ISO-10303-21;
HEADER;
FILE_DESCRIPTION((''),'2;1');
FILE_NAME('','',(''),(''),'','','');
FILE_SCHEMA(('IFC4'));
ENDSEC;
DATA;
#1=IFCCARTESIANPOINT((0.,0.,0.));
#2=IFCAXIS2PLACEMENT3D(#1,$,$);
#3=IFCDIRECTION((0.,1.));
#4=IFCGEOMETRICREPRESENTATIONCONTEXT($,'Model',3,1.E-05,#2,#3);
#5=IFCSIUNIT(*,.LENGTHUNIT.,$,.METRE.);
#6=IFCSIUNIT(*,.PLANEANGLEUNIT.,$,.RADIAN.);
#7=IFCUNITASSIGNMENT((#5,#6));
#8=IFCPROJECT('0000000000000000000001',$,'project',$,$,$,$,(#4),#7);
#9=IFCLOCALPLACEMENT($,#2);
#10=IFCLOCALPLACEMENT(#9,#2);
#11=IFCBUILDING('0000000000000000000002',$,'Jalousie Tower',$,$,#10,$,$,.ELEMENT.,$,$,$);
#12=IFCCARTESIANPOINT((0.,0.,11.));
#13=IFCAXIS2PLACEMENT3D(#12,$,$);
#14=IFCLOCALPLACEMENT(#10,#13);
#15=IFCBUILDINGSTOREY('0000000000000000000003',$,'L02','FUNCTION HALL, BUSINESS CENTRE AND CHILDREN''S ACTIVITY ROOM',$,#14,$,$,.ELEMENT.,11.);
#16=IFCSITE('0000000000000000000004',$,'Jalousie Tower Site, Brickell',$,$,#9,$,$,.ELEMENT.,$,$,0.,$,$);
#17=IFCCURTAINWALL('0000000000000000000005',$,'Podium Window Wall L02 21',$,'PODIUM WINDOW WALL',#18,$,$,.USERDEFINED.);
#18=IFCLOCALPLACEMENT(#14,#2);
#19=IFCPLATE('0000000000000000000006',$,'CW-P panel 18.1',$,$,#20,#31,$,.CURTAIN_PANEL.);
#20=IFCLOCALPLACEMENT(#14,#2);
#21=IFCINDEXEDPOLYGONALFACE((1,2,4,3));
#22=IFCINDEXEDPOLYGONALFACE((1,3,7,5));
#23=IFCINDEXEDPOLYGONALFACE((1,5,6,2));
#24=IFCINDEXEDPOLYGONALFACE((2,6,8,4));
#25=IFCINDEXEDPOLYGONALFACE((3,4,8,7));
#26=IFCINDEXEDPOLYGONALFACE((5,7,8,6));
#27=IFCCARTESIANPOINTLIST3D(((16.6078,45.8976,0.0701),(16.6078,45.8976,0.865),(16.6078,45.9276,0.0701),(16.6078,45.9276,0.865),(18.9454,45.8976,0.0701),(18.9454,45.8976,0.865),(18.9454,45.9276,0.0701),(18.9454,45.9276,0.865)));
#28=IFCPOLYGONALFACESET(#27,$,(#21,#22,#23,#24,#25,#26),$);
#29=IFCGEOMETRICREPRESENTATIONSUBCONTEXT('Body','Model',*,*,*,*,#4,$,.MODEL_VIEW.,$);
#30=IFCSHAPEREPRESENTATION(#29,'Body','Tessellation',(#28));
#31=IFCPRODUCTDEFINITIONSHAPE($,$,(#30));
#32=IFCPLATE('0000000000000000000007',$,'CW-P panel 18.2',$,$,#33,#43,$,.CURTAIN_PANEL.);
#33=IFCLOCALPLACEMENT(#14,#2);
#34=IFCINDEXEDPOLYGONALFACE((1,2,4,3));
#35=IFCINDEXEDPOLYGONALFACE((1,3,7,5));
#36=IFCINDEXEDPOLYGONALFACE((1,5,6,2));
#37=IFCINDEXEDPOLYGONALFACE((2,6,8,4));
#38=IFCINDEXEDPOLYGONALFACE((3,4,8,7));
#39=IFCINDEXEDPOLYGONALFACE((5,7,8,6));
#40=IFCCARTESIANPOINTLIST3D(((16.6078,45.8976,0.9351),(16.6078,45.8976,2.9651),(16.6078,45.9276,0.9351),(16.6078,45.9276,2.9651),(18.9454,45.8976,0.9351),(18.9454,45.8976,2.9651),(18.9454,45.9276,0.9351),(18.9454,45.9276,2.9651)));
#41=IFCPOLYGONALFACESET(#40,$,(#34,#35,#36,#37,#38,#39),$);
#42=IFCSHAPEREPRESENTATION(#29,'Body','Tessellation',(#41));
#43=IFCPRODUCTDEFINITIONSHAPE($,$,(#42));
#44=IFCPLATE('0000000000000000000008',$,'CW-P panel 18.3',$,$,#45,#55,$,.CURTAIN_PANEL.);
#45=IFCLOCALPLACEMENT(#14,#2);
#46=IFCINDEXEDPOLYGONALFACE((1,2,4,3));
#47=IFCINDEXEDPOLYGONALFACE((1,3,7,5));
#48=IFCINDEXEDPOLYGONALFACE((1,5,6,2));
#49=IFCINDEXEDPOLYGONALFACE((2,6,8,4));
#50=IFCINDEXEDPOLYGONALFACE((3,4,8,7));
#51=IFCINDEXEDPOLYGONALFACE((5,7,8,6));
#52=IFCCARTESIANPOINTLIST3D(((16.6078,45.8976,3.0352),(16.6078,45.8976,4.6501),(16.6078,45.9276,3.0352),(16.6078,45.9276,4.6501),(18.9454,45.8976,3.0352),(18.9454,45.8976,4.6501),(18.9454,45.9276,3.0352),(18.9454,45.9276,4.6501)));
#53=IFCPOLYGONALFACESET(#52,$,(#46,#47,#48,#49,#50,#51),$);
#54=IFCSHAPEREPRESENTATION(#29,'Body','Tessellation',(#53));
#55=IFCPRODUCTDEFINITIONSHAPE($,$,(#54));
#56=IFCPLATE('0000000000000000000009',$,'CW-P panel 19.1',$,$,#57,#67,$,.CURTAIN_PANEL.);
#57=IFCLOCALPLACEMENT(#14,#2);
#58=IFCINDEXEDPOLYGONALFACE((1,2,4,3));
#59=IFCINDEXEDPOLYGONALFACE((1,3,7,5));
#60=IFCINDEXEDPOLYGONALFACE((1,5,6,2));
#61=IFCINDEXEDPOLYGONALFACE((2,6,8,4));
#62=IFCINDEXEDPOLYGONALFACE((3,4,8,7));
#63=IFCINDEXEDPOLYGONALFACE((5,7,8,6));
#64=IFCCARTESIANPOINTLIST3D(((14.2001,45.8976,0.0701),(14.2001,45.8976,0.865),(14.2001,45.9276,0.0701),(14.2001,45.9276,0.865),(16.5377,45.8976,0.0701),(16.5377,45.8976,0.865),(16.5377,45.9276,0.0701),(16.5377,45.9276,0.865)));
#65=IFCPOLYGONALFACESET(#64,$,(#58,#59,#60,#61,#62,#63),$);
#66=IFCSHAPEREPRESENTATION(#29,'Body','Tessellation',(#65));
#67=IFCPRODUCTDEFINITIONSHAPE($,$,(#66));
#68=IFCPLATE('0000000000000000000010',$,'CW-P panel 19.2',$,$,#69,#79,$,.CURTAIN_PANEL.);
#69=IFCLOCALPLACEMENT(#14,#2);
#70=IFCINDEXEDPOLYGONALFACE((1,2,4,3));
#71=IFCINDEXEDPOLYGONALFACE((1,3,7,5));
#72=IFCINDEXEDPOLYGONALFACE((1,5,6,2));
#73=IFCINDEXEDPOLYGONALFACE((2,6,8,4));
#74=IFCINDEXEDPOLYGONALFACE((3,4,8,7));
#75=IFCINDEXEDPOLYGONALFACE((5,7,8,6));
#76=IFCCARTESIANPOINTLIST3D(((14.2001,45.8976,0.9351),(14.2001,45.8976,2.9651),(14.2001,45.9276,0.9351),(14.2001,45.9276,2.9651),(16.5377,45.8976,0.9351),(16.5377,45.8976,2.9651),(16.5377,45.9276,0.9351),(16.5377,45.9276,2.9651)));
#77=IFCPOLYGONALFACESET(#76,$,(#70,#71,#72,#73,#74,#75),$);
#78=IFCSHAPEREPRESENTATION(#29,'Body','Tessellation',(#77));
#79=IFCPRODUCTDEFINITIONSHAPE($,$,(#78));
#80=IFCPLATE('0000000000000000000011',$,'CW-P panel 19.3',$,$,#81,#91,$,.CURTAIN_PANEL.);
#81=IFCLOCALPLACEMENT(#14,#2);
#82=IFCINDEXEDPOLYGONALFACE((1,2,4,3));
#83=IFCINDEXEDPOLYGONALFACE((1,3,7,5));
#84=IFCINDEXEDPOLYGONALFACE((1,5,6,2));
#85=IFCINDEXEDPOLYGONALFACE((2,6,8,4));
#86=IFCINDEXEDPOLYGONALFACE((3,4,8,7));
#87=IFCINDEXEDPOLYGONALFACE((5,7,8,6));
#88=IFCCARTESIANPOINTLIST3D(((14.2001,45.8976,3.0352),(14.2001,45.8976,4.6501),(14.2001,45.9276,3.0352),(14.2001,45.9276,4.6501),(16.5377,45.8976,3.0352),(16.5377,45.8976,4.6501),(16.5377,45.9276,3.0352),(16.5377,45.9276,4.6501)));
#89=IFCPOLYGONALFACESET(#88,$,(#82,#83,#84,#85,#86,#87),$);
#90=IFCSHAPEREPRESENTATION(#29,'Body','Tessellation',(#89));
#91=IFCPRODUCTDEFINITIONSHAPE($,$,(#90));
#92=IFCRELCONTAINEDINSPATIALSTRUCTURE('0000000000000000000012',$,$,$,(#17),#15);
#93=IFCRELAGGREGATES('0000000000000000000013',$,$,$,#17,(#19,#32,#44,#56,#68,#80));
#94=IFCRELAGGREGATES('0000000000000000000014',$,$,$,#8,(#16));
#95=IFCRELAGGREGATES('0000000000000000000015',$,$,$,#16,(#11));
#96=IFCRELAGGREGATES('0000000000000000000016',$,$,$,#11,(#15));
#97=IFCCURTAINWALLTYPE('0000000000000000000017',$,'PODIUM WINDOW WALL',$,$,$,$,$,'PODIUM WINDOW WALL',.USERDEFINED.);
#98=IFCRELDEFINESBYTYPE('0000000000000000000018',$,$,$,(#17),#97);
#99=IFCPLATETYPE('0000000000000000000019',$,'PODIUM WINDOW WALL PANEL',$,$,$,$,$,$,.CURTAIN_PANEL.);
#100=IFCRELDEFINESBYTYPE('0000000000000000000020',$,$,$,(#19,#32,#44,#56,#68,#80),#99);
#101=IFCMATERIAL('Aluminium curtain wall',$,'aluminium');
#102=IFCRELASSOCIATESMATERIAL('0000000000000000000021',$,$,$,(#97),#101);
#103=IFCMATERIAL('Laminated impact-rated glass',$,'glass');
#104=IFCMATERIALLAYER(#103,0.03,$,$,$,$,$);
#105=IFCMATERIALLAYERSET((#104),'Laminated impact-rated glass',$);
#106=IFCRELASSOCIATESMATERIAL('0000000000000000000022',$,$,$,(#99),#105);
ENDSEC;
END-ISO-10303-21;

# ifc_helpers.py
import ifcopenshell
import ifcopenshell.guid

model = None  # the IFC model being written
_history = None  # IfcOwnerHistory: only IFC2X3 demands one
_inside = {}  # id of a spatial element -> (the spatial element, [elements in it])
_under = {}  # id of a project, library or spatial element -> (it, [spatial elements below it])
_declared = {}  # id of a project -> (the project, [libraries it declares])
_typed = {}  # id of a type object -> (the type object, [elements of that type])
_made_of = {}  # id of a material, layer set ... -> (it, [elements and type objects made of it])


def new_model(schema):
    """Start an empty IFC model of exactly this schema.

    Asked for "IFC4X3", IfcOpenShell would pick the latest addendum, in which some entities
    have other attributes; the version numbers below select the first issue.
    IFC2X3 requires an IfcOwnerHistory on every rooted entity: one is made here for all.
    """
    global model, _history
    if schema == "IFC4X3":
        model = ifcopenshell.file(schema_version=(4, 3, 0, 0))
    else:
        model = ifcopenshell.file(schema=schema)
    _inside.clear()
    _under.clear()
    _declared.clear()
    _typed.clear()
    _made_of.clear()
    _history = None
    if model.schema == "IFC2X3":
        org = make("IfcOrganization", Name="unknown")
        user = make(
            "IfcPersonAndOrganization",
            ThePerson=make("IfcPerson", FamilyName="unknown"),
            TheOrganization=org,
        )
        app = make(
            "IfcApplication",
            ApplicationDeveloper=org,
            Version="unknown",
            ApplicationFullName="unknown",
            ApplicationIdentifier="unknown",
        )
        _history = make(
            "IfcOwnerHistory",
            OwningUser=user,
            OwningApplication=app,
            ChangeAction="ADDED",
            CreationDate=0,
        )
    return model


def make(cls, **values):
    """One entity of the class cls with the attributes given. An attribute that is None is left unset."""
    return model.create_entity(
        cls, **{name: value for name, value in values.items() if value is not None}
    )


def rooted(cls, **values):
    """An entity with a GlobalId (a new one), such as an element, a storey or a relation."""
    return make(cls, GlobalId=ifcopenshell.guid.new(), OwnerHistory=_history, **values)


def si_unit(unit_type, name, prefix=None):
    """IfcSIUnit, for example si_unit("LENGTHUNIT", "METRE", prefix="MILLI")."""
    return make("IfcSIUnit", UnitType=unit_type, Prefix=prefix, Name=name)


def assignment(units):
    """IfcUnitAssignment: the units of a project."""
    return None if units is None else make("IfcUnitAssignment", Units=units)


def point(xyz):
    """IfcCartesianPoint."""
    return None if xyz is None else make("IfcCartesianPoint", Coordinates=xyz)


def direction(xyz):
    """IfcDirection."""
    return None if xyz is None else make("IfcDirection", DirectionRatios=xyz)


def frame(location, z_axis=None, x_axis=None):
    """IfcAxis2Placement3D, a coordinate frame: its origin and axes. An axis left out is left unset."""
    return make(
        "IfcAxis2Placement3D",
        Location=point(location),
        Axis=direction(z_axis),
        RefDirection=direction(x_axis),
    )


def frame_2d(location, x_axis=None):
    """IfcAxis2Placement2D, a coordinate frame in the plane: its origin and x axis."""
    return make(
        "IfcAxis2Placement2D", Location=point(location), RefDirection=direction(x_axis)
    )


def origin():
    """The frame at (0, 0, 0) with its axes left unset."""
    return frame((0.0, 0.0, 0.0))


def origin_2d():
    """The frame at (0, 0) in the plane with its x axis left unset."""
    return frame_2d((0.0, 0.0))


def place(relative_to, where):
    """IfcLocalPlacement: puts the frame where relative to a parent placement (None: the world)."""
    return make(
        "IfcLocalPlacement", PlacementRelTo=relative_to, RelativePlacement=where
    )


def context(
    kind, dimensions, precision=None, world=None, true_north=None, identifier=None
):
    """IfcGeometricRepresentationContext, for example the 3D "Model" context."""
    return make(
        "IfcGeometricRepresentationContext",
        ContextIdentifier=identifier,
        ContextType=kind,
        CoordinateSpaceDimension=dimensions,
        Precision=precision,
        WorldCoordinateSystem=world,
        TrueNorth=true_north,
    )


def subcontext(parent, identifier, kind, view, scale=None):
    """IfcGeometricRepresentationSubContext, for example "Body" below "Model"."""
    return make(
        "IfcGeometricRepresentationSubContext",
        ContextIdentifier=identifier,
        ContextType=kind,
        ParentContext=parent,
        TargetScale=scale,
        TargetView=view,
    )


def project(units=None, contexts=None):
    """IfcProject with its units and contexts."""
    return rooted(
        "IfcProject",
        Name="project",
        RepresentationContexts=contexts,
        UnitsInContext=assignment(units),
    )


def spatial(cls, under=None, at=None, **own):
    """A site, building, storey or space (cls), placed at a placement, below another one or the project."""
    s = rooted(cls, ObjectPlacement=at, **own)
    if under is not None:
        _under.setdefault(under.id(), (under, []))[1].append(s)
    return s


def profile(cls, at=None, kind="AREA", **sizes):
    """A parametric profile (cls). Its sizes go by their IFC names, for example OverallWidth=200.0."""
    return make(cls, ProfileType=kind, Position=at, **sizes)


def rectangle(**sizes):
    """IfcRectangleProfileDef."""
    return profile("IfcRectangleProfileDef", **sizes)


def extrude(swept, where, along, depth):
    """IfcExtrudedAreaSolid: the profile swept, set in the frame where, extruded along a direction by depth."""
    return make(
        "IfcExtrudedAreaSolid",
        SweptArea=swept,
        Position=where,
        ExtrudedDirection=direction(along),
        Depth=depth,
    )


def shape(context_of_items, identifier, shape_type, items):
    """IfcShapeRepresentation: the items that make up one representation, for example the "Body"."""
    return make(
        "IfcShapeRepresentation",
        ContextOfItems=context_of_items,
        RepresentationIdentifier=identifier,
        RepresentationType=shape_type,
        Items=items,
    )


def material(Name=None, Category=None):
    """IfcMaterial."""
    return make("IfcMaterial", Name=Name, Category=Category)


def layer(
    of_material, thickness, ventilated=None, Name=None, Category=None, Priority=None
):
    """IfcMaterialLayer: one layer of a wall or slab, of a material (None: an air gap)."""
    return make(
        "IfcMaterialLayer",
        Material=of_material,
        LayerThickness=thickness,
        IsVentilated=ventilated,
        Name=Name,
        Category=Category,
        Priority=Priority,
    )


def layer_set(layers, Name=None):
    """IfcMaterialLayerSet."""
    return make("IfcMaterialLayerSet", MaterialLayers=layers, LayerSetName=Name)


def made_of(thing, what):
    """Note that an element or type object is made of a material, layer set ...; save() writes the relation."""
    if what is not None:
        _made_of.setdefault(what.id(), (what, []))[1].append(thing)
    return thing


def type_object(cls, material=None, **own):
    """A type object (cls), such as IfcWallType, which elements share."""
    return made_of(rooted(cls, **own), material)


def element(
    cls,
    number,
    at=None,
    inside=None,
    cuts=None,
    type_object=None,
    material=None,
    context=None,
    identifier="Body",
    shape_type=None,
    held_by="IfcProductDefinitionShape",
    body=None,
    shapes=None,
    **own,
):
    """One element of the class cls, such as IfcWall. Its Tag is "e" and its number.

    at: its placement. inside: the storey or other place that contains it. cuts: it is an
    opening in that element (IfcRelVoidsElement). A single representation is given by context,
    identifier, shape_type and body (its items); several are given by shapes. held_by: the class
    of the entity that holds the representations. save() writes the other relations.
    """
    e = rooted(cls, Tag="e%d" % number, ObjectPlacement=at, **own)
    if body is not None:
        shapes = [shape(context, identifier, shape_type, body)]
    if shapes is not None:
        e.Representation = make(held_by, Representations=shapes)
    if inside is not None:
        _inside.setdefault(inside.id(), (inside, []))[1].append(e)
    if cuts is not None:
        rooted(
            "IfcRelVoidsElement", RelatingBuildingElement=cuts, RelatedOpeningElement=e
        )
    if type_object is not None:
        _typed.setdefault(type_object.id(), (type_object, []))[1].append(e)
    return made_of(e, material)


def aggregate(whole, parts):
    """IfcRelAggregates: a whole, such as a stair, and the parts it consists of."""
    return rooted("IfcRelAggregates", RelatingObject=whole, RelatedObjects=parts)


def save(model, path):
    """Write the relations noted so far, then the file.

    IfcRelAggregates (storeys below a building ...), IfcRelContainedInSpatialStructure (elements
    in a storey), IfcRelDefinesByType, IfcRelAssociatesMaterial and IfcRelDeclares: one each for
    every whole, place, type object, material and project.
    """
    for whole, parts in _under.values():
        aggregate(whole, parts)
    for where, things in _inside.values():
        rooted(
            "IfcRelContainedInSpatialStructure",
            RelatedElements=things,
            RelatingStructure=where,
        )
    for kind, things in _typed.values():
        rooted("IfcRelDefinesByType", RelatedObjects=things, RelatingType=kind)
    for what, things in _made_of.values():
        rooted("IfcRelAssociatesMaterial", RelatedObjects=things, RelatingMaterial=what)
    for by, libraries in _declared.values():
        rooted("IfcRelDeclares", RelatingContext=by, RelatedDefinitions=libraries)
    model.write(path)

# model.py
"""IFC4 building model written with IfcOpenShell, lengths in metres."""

from ifc_helpers import new_model, si_unit, direction, frame, origin, origin_2d, place, context, subcontext, project, spatial, rectangle, extrude, material, layer, layer_set, type_object, element, aggregate, save


model = new_model("IFC4")

# Units and contexts
model_context = context("Model", 3, precision=1e-05, world=origin(), true_north=direction((0.0, 1.0)))
body_context = subcontext(model_context, "Body", "Model", "MODEL_VIEW")
ifc_project = project(units=[si_unit("LENGTHUNIT", "METRE"), si_unit("PLANEANGLEUNIT", "RADIAN")], contexts=[model_context])

# Site, building, storey
site_placement = place(None, origin())
site = spatial("IfcSite", under=ifc_project, at=site_placement, Name="Jalousie Tower Site, Brickell", CompositionType="ELEMENT", RefElevation=0.0)
building_placement = place(site_placement, origin())
building = spatial("IfcBuilding", under=site, at=building_placement, Name="Jalousie Tower", CompositionType="ELEMENT")
storey_placement = place(building_placement, frame((0.0, 0.0, 11.0)))
storey = spatial("IfcBuildingStorey", under=building, at=storey_placement, Name="L02", Description="FUNCTION HALL, BUSINESS CENTRE AND CHILDREN'S ACTIVITY ROOM", CompositionType="ELEMENT", Elevation=11.0)

# Curtain wall, plates
ifc_material_1 = material(Name="Aluminium curtain wall", Category="aluminium")
curtain_wall_type = type_object("IfcCurtainWallType", Name="PODIUM WINDOW WALL", ElementType="PODIUM WINDOW WALL", PredefinedType="USERDEFINED", material=ifc_material_1)
curtain_wall_placement = place(storey_placement, origin())
curtain_wall = element("IfcCurtainWall", 1, at=curtain_wall_placement, inside=storey, type_object=curtain_wall_type, Name="Podium Window Wall L02 21", ObjectType="PODIUM WINDOW WALL", PredefinedType="USERDEFINED")
ifc_material_2 = material(Name="Laminated impact-rated glass", Category="glass")
ifc_layer = layer(ifc_material_2, 0.03)
ifc_layer_set = layer_set([ifc_layer], Name="Laminated impact-rated glass")
plate_type = type_object("IfcPlateType", Name="PODIUM WINDOW WALL PANEL", PredefinedType="CURTAIN_PANEL", material=ifc_layer_set)
plate_1_placement = place(storey_placement, frame((17.7766, 45.9126, 0.0701), z_axis=(0.0, 0.0, 1.0), x_axis=(-1.0, 0.0, 0.0)))
plate_1 = element("IfcPlate", 2, at=plate_1_placement, type_object=plate_type, Name="CW-P panel 18.1", PredefinedType="CURTAIN_PANEL", context=body_context, shape_type="SweptSolid", body=[
    extrude(rectangle(XDim=2.3376, YDim=0.03, at=origin_2d()), origin(), (0.0, 0.0, 1.0), 0.7949),
])
plate_2_placement = place(storey_placement, frame((17.7766, 45.9126, 0.9351), z_axis=(0.0, 0.0, 1.0), x_axis=(-1.0, 0.0, 0.0)))
plate_2 = element("IfcPlate", 3, at=plate_2_placement, type_object=plate_type, Name="CW-P panel 18.2", PredefinedType="CURTAIN_PANEL", context=body_context, shape_type="SweptSolid", body=[
    extrude(rectangle(XDim=2.3376, YDim=0.03, at=origin_2d()), origin(), (0.0, 0.0, 1.0), 2.03),
])
plate_3_placement = place(storey_placement, frame((17.7766, 45.9126, 3.0352), z_axis=(0.0, 0.0, 1.0), x_axis=(-1.0, 0.0, 0.0)))
plate_3 = element("IfcPlate", 4, at=plate_3_placement, type_object=plate_type, Name="CW-P panel 18.3", PredefinedType="CURTAIN_PANEL", context=body_context, shape_type="SweptSolid", body=[
    extrude(rectangle(XDim=2.3376, YDim=0.03, at=origin_2d()), origin(), (0.0, 0.0, 1.0), 1.615),
])
plate_4_placement = place(storey_placement, frame((15.3689, 45.9126, 0.0701), z_axis=(0.0, 0.0, 1.0), x_axis=(-1.0, 0.0, 0.0)))
plate_4 = element("IfcPlate", 5, at=plate_4_placement, type_object=plate_type, Name="CW-P panel 19.1", PredefinedType="CURTAIN_PANEL", context=body_context, shape_type="SweptSolid", body=[
    extrude(rectangle(XDim=2.3376, YDim=0.03, at=origin_2d()), origin(), (0.0, 0.0, 1.0), 0.7949),
])
plate_5_placement = place(storey_placement, frame((15.3689, 45.9126, 0.9351), z_axis=(0.0, 0.0, 1.0), x_axis=(-1.0, 0.0, 0.0)))
plate_5 = element("IfcPlate", 6, at=plate_5_placement, type_object=plate_type, Name="CW-P panel 19.2", PredefinedType="CURTAIN_PANEL", context=body_context, shape_type="SweptSolid", body=[
    extrude(rectangle(XDim=2.3376, YDim=0.03, at=origin_2d()), origin(), (0.0, 0.0, 1.0), 2.03),
])
plate_6_placement = place(storey_placement, frame((15.3689, 45.9126, 3.0352), z_axis=(0.0, 0.0, 1.0), x_axis=(-1.0, 0.0, 0.0)))
plate_6 = element("IfcPlate", 7, at=plate_6_placement, type_object=plate_type, Name="CW-P panel 19.3", PredefinedType="CURTAIN_PANEL", context=body_context, shape_type="SweptSolid", body=[
    extrude(rectangle(XDim=2.3376, YDim=0.03, at=origin_2d()), origin(), (0.0, 0.0, 1.0), 1.615),
])
aggregate(curtain_wall, [plate_1, plate_2, plate_3, plate_4, plate_5, plate_6])

save(model, "model.ifc")
